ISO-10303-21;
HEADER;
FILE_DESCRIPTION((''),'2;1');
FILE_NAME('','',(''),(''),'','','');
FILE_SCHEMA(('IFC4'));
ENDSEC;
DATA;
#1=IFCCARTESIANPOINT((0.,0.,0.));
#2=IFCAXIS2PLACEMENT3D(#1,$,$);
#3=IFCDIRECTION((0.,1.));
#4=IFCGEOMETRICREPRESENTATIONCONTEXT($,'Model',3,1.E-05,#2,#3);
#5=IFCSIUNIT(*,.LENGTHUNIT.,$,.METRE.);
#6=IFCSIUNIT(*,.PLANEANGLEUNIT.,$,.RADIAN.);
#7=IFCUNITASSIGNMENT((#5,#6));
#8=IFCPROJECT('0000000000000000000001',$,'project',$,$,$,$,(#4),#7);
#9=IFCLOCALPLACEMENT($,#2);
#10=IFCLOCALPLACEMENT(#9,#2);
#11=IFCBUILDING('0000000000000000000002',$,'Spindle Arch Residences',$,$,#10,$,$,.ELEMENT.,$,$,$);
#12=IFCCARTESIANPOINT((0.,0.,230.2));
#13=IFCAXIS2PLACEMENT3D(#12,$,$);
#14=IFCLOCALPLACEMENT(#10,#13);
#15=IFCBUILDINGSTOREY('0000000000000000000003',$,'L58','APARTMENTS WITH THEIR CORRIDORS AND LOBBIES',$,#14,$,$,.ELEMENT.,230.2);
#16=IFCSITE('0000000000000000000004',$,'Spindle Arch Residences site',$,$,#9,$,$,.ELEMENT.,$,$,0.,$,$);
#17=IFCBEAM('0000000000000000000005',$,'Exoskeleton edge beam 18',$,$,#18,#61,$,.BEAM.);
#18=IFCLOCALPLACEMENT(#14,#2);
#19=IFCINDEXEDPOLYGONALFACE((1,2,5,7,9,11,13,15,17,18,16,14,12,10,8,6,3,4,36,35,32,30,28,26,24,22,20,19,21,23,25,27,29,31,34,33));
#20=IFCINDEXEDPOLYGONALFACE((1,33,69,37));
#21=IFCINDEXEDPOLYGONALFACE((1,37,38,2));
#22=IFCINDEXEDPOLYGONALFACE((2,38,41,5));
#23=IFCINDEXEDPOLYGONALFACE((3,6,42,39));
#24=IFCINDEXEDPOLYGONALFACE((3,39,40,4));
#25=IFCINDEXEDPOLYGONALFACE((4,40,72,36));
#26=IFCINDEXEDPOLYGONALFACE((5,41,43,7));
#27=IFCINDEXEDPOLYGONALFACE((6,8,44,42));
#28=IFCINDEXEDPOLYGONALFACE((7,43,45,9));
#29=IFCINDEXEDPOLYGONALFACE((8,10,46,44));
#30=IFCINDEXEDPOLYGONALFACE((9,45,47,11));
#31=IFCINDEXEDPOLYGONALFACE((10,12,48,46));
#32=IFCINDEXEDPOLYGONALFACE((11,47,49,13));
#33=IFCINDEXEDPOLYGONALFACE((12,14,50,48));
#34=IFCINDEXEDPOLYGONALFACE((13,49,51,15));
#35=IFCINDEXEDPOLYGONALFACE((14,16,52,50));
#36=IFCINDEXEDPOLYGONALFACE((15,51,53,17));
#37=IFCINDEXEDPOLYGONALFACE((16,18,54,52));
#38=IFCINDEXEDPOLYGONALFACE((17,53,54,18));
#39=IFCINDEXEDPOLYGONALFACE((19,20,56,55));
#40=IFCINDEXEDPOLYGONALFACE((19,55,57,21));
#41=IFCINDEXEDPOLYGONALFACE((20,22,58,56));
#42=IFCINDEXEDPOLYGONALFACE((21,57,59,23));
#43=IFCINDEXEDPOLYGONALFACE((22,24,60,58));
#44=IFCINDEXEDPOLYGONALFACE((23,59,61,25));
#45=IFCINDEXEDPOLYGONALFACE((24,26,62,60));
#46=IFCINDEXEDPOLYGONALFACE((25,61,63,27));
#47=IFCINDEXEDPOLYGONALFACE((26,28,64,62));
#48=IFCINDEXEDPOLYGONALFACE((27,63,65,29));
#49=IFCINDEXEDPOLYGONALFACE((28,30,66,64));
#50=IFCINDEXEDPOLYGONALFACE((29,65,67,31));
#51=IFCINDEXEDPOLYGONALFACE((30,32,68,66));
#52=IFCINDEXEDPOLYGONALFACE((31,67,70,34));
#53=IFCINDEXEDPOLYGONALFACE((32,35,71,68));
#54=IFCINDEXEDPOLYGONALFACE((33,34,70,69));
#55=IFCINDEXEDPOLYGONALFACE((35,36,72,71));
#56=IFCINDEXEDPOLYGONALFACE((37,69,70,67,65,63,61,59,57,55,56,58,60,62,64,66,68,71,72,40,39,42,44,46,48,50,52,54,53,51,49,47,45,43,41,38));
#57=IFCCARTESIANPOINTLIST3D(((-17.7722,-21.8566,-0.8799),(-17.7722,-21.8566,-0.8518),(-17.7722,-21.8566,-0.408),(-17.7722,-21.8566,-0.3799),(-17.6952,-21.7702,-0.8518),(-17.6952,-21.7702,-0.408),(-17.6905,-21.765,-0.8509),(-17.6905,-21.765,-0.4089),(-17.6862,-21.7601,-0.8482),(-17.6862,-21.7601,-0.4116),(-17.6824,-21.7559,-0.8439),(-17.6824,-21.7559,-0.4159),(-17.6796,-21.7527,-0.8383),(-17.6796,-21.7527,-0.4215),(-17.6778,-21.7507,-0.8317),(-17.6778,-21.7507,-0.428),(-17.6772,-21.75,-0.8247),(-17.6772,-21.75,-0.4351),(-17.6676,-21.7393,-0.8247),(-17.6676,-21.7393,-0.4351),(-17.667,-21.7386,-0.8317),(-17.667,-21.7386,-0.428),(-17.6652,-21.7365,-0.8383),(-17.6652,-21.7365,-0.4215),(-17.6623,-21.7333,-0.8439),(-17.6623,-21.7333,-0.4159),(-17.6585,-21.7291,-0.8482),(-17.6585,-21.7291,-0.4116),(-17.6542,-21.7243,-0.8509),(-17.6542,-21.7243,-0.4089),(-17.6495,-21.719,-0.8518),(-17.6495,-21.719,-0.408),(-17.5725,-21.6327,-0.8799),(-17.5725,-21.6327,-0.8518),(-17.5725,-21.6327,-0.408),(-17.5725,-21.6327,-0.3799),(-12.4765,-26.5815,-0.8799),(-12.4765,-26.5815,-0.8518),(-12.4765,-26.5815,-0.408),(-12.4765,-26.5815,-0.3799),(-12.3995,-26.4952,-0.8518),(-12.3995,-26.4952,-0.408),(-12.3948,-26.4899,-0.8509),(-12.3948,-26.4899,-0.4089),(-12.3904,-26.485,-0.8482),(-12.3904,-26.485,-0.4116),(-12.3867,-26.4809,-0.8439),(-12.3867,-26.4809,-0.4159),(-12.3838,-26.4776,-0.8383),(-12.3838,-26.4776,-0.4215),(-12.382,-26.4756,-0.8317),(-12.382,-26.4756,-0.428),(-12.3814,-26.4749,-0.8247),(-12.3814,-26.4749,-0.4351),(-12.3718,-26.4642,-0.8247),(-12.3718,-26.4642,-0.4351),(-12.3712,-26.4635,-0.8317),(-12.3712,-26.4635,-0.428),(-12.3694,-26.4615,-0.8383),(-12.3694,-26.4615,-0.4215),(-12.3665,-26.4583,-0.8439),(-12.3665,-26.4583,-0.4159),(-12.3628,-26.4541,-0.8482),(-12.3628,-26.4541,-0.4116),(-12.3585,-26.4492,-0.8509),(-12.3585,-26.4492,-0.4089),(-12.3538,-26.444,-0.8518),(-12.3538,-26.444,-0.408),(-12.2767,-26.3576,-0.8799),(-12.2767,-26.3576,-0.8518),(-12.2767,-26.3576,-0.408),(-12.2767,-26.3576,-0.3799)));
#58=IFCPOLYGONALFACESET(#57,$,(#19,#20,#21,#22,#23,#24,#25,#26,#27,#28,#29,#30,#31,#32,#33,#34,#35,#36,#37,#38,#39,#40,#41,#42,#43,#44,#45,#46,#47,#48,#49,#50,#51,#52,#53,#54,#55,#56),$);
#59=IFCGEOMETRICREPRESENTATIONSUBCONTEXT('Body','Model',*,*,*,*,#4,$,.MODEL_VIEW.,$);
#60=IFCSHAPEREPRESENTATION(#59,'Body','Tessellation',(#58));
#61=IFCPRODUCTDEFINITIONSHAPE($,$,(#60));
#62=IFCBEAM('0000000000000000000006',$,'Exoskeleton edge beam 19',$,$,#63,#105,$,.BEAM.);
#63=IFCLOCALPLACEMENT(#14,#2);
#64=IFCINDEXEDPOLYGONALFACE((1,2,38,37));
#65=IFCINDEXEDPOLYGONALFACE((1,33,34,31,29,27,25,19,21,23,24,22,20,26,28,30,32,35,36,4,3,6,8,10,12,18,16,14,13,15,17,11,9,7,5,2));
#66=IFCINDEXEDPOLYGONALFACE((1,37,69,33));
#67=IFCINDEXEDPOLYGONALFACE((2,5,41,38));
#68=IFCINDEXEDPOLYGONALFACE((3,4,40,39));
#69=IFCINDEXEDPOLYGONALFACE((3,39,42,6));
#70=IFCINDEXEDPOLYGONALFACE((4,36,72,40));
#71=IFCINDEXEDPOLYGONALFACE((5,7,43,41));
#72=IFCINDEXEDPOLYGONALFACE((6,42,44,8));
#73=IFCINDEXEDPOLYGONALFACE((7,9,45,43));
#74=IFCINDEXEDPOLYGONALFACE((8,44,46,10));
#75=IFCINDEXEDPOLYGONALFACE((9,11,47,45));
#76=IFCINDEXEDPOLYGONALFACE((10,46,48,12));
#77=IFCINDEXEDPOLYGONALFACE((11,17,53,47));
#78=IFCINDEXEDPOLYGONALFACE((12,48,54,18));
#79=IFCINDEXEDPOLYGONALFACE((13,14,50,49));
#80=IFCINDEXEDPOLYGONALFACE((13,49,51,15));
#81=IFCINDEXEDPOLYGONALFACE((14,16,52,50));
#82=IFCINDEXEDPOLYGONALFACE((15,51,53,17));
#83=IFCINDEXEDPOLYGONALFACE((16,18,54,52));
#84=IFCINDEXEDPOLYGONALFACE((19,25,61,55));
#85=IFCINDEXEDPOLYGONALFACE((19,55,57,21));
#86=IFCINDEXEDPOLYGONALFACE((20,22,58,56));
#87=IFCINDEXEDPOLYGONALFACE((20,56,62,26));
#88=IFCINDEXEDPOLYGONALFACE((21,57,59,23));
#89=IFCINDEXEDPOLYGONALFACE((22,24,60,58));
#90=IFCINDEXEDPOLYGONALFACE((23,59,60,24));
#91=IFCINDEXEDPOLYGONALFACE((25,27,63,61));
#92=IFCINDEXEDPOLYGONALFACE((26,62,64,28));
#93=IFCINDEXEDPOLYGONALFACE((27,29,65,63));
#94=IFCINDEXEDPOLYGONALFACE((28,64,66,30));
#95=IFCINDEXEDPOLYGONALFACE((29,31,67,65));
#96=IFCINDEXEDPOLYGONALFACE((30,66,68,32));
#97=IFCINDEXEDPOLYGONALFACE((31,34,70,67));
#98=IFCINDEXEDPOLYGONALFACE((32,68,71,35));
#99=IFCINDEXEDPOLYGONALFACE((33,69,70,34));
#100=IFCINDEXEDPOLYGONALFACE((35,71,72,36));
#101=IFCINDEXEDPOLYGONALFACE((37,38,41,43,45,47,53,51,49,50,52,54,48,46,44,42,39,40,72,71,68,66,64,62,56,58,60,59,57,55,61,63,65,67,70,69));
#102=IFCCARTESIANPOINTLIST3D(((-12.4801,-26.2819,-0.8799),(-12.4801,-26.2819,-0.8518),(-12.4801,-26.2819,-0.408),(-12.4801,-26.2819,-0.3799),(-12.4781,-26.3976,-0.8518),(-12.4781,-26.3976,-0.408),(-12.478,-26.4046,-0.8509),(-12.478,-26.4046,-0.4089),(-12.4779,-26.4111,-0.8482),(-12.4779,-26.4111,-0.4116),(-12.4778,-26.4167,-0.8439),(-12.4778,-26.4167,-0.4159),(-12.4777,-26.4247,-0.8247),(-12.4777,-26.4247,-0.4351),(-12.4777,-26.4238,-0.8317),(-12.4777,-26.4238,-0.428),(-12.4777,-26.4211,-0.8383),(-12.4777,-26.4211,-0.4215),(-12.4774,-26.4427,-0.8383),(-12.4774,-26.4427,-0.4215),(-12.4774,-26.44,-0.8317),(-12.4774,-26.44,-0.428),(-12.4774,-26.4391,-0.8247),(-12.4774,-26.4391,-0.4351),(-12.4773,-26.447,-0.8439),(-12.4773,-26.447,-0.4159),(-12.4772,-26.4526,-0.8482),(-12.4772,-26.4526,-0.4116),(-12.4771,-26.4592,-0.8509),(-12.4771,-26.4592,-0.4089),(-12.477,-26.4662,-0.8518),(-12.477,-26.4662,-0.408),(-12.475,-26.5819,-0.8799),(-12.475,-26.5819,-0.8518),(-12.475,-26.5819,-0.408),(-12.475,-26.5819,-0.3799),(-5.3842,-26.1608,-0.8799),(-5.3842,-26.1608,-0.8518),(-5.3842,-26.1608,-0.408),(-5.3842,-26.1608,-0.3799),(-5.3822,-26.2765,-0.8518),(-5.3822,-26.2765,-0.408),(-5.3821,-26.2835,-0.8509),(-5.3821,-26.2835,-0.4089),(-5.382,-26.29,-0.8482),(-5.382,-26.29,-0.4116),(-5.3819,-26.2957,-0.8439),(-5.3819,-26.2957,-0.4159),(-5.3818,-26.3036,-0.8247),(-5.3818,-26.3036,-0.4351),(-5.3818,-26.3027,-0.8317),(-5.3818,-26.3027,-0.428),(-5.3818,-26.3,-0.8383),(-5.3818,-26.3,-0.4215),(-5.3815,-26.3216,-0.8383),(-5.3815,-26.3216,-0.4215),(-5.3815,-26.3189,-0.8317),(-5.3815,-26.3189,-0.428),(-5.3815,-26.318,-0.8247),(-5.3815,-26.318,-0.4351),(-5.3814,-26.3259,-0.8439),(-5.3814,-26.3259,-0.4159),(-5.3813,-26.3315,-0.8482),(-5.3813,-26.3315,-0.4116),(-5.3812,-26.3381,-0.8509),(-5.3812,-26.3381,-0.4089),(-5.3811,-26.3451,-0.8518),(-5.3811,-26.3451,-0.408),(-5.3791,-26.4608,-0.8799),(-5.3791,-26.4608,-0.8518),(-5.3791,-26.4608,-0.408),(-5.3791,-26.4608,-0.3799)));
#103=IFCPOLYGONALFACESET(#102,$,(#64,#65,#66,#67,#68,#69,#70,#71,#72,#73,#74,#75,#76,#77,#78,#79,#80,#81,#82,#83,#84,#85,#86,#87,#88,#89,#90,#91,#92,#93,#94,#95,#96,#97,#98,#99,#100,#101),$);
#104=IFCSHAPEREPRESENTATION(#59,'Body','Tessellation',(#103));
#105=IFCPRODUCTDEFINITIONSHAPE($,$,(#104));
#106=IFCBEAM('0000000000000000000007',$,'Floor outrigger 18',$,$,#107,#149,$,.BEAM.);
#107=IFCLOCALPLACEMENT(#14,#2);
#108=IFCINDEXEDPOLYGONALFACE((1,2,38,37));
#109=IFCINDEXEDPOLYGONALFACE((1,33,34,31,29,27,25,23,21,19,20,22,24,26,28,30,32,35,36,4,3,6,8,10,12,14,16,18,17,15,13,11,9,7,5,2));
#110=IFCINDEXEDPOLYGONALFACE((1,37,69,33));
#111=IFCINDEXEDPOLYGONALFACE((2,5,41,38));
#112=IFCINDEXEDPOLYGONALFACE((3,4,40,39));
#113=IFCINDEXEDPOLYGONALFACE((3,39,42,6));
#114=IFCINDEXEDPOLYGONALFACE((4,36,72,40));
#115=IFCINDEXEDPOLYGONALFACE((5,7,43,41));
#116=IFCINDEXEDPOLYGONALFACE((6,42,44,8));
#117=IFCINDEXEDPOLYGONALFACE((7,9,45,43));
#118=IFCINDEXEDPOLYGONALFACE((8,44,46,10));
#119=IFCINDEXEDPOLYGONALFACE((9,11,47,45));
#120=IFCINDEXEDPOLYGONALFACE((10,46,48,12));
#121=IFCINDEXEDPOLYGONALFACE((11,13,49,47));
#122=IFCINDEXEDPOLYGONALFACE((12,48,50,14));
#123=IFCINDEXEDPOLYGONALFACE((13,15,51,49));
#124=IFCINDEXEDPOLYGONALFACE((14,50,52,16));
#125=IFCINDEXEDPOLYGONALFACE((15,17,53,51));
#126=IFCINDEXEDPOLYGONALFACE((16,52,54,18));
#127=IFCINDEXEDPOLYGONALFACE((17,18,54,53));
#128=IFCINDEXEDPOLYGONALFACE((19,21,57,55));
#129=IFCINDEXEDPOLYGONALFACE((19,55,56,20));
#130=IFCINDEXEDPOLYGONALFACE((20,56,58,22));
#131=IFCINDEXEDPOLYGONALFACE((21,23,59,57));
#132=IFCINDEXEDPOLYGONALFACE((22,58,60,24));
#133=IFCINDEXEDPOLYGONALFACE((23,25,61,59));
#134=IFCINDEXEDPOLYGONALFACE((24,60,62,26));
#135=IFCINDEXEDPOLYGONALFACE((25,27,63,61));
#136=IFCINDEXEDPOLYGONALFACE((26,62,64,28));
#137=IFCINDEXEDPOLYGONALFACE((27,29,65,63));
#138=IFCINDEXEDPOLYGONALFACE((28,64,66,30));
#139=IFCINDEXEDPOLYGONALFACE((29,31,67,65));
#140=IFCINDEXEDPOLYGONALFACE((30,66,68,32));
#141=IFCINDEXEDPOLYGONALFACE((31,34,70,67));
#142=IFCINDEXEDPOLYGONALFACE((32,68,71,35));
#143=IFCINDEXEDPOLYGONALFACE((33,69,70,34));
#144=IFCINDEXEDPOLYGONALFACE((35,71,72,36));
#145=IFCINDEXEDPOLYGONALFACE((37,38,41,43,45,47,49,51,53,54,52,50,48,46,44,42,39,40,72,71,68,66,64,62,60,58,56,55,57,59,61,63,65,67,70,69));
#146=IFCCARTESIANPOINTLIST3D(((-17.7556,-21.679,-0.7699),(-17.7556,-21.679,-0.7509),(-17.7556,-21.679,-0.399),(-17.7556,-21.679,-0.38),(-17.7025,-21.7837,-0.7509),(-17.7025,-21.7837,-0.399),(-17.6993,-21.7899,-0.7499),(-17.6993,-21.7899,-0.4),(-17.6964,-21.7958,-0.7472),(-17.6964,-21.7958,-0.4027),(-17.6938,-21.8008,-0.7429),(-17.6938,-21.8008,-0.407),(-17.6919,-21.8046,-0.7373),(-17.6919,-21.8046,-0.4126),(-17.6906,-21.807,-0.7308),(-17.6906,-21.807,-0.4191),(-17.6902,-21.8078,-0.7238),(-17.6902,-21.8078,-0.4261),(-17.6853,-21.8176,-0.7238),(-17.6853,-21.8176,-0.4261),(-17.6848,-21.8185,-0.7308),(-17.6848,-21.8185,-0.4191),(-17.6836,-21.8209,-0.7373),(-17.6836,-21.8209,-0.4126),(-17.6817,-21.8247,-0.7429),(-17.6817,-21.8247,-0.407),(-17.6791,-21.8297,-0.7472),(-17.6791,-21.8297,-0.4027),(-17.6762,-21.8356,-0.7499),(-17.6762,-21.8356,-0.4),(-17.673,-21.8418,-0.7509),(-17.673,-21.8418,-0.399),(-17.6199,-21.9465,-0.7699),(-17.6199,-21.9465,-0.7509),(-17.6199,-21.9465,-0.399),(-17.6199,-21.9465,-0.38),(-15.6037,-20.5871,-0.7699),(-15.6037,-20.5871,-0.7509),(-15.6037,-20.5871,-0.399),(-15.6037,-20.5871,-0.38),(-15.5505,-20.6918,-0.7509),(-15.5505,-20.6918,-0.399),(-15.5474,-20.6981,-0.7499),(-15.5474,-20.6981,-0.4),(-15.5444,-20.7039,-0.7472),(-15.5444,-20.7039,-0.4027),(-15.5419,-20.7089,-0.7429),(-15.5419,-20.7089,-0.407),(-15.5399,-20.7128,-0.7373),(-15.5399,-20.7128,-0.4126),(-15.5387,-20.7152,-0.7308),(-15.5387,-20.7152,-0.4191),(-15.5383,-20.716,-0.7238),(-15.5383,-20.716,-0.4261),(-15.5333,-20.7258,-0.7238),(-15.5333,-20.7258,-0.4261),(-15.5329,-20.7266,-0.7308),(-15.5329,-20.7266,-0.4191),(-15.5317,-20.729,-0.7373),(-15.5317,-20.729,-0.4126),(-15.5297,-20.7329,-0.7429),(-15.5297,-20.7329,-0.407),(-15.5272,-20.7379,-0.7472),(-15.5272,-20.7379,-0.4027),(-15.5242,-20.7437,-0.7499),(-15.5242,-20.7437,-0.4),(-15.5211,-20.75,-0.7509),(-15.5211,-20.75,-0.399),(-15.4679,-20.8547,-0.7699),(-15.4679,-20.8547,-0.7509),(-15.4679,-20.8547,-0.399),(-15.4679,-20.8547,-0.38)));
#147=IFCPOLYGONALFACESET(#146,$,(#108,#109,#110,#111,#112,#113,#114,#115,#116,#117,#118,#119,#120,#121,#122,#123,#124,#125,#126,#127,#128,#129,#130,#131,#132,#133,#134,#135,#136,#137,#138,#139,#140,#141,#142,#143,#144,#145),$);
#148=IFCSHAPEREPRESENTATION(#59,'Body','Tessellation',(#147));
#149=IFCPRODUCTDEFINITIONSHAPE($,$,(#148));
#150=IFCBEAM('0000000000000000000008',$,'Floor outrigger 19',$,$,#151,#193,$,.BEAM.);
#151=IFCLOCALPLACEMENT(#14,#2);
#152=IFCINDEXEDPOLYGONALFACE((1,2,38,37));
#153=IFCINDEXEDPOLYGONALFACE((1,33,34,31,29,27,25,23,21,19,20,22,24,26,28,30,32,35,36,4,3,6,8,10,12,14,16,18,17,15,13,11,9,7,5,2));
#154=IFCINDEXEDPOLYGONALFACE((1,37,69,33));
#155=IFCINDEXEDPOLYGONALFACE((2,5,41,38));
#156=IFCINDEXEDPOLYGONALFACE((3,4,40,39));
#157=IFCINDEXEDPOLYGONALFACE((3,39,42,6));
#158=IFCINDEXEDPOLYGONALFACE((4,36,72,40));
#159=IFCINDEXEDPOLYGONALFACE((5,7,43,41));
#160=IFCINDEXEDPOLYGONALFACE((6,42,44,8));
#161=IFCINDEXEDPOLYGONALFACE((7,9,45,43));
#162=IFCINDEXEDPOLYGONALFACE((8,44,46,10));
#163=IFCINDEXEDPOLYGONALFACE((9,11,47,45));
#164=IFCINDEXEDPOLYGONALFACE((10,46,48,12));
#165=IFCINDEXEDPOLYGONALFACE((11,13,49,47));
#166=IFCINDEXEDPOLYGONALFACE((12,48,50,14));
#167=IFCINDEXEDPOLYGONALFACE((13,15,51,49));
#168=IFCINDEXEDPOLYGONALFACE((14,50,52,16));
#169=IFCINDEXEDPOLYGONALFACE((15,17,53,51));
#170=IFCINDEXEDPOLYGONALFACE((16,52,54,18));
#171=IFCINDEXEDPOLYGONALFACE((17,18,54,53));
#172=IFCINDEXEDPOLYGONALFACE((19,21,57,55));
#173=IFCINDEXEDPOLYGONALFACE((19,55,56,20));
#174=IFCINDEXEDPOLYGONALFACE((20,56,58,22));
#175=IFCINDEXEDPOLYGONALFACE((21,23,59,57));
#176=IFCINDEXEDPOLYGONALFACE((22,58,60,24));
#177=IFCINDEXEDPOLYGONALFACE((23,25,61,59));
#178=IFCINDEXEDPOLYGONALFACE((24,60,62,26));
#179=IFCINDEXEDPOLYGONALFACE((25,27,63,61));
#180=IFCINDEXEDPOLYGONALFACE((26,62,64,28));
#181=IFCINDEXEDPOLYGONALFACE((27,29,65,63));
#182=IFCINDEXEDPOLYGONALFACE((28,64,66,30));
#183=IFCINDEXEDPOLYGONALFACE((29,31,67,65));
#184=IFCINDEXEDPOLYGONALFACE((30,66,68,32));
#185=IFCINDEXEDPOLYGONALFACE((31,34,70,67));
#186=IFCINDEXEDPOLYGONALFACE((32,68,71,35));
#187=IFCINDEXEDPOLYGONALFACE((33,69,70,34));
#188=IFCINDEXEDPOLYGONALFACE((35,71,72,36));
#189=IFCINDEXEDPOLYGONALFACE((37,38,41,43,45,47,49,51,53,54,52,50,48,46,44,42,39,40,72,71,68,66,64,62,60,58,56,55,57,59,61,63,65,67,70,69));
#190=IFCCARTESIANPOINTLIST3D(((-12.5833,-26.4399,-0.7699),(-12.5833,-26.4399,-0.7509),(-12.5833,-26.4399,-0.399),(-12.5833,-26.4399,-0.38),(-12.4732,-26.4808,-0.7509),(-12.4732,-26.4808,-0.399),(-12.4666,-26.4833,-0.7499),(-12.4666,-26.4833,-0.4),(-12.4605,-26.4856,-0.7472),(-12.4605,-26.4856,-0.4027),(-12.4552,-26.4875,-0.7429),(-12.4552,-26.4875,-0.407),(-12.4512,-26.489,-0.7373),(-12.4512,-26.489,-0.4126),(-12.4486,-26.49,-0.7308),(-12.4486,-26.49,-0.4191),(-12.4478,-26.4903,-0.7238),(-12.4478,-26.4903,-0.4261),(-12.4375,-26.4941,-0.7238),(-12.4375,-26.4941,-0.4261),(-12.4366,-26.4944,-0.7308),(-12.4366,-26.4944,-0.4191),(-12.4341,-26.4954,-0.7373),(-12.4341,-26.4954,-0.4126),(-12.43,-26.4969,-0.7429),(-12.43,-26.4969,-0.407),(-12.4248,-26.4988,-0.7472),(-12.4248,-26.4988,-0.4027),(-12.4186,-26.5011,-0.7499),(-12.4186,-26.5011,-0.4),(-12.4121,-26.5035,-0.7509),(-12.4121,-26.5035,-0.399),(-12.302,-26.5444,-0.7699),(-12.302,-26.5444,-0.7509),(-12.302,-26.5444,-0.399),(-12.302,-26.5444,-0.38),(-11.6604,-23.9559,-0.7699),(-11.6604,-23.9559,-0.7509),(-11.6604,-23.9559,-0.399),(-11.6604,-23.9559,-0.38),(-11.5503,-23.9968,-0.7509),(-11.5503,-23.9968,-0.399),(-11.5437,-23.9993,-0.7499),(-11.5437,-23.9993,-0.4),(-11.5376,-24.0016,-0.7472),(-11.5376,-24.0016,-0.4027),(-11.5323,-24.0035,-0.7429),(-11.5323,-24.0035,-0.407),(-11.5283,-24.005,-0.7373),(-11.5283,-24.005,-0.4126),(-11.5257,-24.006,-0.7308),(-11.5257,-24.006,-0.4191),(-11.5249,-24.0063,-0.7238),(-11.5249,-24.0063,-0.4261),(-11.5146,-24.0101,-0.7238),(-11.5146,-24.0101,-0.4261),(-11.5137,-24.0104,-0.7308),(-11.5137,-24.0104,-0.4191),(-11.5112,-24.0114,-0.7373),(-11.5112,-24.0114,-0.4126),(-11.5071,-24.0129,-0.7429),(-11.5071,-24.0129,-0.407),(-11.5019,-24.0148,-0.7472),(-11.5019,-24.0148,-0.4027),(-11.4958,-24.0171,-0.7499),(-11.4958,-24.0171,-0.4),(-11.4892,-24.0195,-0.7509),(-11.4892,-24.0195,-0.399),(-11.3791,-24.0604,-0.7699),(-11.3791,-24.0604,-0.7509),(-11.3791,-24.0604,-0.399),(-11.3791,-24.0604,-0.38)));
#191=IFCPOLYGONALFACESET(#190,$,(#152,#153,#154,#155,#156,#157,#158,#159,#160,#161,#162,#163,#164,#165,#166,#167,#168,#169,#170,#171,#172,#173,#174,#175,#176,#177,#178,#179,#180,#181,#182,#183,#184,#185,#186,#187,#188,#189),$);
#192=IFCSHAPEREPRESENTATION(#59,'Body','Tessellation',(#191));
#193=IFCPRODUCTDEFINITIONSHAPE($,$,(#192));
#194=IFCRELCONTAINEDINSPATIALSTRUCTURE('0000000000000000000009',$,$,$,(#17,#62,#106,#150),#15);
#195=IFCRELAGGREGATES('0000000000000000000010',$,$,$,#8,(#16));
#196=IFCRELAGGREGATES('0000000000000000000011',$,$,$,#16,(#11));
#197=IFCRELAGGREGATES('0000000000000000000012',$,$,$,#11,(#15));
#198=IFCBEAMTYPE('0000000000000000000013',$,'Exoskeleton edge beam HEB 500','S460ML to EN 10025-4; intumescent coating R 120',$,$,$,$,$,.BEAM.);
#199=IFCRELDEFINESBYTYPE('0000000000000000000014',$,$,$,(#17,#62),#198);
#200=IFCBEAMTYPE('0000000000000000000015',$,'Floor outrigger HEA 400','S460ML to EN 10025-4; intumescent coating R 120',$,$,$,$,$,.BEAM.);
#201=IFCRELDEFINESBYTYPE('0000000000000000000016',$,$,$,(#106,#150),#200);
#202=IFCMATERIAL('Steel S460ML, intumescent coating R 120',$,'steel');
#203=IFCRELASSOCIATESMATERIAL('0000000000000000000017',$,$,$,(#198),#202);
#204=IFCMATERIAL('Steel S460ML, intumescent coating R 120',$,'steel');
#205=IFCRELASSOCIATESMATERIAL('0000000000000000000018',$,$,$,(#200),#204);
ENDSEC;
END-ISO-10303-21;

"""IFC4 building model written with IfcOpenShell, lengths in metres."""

from ifc_helpers import new_model, si_unit, direction, frame, origin, origin_2d, place, context, subcontext, project, spatial, i_section, extrude, material, material_profile, profile_set, type_object, element, save


model = new_model("IFC4")

# Units and contexts
model_context = context("Model", 3, precision=1e-05, world=origin(), true_north=direction((0.0, 1.0)))
body_context = subcontext(model_context, "Body", "Model", "MODEL_VIEW")
ifc_project = project(units=[si_unit("LENGTHUNIT", "METRE"), si_unit("PLANEANGLEUNIT", "RADIAN")], contexts=[model_context])

# Site, building, storey
site_placement = place(None, origin())
site = spatial("IfcSite", under=ifc_project, at=site_placement, Name="Spindle Arch Residences site", CompositionType="ELEMENT", RefElevation=0.0)
building_placement = place(site_placement, origin())
building = spatial("IfcBuilding", under=site, at=building_placement, Name="Spindle Arch Residences", CompositionType="ELEMENT")
storey_placement = place(building_placement, frame((0.0, 0.0, 230.2)))
storey = spatial("IfcBuildingStorey", under=building, at=storey_placement, Name="L58", Description="APARTMENTS WITH THEIR CORRIDORS AND LOBBIES", CompositionType="ELEMENT", Elevation=230.2)

# Beams
ifc_material_1 = material(Name="Steel S460ML, intumescent coating R 120", Category="steel")
ifc_material_profile_1 = material_profile(ifc_material_1, i_section(OverallWidth=0.3, OverallDepth=0.5, WebThickness=0.0144, FlangeThickness=0.0281, FilletRadius=0.0271, at=origin_2d()), Name="HEB 500")
ifc_profile_set_1 = profile_set([ifc_material_profile_1], Name="Steel S460ML, intumescent coating R 120")
beam_type_1 = type_object("IfcBeamType", Name="Exoskeleton edge beam HEB 500", Description="S460ML to EN 10025-4; intumescent coating R 120", PredefinedType="BEAM", material=ifc_profile_set_1)
beam_1_placement = place(storey_placement, frame((-17.6724, -21.7446, -0.6299), z_axis=(0.746176, -0.665748, 0.0), x_axis=(0.665748, 0.746176, 0.0)))
element("IfcBeam", 1, at=beam_1_placement, inside=storey, type_object=beam_type_1, Name="Exoskeleton edge beam 18", PredefinedType="BEAM", context=body_context, shape_type="SweptSolid", body=[
    extrude(i_section(OverallWidth=0.3, OverallDepth=0.5, WebThickness=0.0144, FlangeThickness=0.0281, FilletRadius=0.0271, at=origin_2d()), origin(), (0.0, 0.0, 1.0), 7.0972),
])
beam_2_placement = place(storey_placement, frame((-12.4775, -26.4319, -0.6299), z_axis=(0.999854, 0.017063, 0.0), x_axis=(-0.017063, 0.999854, 0.0)))
element("IfcBeam", 2, at=beam_2_placement, inside=storey, type_object=beam_type_1, Name="Exoskeleton edge beam 19", PredefinedType="BEAM", context=body_context, shape_type="SweptSolid", body=[
    extrude(i_section(OverallWidth=0.3, OverallDepth=0.5, WebThickness=0.0144, FlangeThickness=0.0281, FilletRadius=0.0271, at=origin_2d()), origin(), (0.0, 0.0, 1.0), 7.0969),
])
ifc_material_2 = material(Name="Steel S460ML, intumescent coating R 120", Category="steel")
ifc_material_profile_2 = material_profile(ifc_material_2, i_section(OverallWidth=0.3, OverallDepth=0.3899, WebThickness=0.011, FlangeThickness=0.019, FilletRadius=0.0271, at=origin_2d()), Name="HEA 400")
ifc_profile_set_2 = profile_set([ifc_material_profile_2], Name="Steel S460ML, intumescent coating R 120")
beam_type_2 = type_object("IfcBeamType", Name="Floor outrigger HEA 400", Description="S460ML to EN 10025-4; intumescent coating R 120", PredefinedType="BEAM", material=ifc_profile_set_2)
beam_3_placement = place(storey_placement, frame((-17.6877, -21.8127, -0.575), z_axis=(0.891781, 0.452467, 0.0), x_axis=(-0.452467, 0.891781, 0.0)))
element("IfcBeam", 3, at=beam_3_placement, inside=storey, type_object=beam_type_2, Name="Floor outrigger 18", PredefinedType="BEAM", context=body_context, shape_type="SweptSolid", body=[
    extrude(i_section(OverallWidth=0.3, OverallDepth=0.3899, WebThickness=0.011, FlangeThickness=0.019, FilletRadius=0.0271, at=origin_2d()), origin(), (0.0, 0.0, 1.0), 2.4131),
])
beam_4_placement = place(storey_placement, frame((-12.4426, -26.4922, -0.575), z_axis=(0.348274, 0.937393, 0.0), x_axis=(-0.937393, 0.348274, 0.0)))
element("IfcBeam", 4, at=beam_4_placement, inside=storey, type_object=beam_type_2, Name="Floor outrigger 19", PredefinedType="BEAM", context=body_context, shape_type="SweptSolid", body=[
    extrude(i_section(OverallWidth=0.3, OverallDepth=0.3899, WebThickness=0.011, FlangeThickness=0.019, FilletRadius=0.0271, at=origin_2d()), origin(), (0.0, 0.0, 1.0), 2.6499),
])

save(model, "model.ifc")
